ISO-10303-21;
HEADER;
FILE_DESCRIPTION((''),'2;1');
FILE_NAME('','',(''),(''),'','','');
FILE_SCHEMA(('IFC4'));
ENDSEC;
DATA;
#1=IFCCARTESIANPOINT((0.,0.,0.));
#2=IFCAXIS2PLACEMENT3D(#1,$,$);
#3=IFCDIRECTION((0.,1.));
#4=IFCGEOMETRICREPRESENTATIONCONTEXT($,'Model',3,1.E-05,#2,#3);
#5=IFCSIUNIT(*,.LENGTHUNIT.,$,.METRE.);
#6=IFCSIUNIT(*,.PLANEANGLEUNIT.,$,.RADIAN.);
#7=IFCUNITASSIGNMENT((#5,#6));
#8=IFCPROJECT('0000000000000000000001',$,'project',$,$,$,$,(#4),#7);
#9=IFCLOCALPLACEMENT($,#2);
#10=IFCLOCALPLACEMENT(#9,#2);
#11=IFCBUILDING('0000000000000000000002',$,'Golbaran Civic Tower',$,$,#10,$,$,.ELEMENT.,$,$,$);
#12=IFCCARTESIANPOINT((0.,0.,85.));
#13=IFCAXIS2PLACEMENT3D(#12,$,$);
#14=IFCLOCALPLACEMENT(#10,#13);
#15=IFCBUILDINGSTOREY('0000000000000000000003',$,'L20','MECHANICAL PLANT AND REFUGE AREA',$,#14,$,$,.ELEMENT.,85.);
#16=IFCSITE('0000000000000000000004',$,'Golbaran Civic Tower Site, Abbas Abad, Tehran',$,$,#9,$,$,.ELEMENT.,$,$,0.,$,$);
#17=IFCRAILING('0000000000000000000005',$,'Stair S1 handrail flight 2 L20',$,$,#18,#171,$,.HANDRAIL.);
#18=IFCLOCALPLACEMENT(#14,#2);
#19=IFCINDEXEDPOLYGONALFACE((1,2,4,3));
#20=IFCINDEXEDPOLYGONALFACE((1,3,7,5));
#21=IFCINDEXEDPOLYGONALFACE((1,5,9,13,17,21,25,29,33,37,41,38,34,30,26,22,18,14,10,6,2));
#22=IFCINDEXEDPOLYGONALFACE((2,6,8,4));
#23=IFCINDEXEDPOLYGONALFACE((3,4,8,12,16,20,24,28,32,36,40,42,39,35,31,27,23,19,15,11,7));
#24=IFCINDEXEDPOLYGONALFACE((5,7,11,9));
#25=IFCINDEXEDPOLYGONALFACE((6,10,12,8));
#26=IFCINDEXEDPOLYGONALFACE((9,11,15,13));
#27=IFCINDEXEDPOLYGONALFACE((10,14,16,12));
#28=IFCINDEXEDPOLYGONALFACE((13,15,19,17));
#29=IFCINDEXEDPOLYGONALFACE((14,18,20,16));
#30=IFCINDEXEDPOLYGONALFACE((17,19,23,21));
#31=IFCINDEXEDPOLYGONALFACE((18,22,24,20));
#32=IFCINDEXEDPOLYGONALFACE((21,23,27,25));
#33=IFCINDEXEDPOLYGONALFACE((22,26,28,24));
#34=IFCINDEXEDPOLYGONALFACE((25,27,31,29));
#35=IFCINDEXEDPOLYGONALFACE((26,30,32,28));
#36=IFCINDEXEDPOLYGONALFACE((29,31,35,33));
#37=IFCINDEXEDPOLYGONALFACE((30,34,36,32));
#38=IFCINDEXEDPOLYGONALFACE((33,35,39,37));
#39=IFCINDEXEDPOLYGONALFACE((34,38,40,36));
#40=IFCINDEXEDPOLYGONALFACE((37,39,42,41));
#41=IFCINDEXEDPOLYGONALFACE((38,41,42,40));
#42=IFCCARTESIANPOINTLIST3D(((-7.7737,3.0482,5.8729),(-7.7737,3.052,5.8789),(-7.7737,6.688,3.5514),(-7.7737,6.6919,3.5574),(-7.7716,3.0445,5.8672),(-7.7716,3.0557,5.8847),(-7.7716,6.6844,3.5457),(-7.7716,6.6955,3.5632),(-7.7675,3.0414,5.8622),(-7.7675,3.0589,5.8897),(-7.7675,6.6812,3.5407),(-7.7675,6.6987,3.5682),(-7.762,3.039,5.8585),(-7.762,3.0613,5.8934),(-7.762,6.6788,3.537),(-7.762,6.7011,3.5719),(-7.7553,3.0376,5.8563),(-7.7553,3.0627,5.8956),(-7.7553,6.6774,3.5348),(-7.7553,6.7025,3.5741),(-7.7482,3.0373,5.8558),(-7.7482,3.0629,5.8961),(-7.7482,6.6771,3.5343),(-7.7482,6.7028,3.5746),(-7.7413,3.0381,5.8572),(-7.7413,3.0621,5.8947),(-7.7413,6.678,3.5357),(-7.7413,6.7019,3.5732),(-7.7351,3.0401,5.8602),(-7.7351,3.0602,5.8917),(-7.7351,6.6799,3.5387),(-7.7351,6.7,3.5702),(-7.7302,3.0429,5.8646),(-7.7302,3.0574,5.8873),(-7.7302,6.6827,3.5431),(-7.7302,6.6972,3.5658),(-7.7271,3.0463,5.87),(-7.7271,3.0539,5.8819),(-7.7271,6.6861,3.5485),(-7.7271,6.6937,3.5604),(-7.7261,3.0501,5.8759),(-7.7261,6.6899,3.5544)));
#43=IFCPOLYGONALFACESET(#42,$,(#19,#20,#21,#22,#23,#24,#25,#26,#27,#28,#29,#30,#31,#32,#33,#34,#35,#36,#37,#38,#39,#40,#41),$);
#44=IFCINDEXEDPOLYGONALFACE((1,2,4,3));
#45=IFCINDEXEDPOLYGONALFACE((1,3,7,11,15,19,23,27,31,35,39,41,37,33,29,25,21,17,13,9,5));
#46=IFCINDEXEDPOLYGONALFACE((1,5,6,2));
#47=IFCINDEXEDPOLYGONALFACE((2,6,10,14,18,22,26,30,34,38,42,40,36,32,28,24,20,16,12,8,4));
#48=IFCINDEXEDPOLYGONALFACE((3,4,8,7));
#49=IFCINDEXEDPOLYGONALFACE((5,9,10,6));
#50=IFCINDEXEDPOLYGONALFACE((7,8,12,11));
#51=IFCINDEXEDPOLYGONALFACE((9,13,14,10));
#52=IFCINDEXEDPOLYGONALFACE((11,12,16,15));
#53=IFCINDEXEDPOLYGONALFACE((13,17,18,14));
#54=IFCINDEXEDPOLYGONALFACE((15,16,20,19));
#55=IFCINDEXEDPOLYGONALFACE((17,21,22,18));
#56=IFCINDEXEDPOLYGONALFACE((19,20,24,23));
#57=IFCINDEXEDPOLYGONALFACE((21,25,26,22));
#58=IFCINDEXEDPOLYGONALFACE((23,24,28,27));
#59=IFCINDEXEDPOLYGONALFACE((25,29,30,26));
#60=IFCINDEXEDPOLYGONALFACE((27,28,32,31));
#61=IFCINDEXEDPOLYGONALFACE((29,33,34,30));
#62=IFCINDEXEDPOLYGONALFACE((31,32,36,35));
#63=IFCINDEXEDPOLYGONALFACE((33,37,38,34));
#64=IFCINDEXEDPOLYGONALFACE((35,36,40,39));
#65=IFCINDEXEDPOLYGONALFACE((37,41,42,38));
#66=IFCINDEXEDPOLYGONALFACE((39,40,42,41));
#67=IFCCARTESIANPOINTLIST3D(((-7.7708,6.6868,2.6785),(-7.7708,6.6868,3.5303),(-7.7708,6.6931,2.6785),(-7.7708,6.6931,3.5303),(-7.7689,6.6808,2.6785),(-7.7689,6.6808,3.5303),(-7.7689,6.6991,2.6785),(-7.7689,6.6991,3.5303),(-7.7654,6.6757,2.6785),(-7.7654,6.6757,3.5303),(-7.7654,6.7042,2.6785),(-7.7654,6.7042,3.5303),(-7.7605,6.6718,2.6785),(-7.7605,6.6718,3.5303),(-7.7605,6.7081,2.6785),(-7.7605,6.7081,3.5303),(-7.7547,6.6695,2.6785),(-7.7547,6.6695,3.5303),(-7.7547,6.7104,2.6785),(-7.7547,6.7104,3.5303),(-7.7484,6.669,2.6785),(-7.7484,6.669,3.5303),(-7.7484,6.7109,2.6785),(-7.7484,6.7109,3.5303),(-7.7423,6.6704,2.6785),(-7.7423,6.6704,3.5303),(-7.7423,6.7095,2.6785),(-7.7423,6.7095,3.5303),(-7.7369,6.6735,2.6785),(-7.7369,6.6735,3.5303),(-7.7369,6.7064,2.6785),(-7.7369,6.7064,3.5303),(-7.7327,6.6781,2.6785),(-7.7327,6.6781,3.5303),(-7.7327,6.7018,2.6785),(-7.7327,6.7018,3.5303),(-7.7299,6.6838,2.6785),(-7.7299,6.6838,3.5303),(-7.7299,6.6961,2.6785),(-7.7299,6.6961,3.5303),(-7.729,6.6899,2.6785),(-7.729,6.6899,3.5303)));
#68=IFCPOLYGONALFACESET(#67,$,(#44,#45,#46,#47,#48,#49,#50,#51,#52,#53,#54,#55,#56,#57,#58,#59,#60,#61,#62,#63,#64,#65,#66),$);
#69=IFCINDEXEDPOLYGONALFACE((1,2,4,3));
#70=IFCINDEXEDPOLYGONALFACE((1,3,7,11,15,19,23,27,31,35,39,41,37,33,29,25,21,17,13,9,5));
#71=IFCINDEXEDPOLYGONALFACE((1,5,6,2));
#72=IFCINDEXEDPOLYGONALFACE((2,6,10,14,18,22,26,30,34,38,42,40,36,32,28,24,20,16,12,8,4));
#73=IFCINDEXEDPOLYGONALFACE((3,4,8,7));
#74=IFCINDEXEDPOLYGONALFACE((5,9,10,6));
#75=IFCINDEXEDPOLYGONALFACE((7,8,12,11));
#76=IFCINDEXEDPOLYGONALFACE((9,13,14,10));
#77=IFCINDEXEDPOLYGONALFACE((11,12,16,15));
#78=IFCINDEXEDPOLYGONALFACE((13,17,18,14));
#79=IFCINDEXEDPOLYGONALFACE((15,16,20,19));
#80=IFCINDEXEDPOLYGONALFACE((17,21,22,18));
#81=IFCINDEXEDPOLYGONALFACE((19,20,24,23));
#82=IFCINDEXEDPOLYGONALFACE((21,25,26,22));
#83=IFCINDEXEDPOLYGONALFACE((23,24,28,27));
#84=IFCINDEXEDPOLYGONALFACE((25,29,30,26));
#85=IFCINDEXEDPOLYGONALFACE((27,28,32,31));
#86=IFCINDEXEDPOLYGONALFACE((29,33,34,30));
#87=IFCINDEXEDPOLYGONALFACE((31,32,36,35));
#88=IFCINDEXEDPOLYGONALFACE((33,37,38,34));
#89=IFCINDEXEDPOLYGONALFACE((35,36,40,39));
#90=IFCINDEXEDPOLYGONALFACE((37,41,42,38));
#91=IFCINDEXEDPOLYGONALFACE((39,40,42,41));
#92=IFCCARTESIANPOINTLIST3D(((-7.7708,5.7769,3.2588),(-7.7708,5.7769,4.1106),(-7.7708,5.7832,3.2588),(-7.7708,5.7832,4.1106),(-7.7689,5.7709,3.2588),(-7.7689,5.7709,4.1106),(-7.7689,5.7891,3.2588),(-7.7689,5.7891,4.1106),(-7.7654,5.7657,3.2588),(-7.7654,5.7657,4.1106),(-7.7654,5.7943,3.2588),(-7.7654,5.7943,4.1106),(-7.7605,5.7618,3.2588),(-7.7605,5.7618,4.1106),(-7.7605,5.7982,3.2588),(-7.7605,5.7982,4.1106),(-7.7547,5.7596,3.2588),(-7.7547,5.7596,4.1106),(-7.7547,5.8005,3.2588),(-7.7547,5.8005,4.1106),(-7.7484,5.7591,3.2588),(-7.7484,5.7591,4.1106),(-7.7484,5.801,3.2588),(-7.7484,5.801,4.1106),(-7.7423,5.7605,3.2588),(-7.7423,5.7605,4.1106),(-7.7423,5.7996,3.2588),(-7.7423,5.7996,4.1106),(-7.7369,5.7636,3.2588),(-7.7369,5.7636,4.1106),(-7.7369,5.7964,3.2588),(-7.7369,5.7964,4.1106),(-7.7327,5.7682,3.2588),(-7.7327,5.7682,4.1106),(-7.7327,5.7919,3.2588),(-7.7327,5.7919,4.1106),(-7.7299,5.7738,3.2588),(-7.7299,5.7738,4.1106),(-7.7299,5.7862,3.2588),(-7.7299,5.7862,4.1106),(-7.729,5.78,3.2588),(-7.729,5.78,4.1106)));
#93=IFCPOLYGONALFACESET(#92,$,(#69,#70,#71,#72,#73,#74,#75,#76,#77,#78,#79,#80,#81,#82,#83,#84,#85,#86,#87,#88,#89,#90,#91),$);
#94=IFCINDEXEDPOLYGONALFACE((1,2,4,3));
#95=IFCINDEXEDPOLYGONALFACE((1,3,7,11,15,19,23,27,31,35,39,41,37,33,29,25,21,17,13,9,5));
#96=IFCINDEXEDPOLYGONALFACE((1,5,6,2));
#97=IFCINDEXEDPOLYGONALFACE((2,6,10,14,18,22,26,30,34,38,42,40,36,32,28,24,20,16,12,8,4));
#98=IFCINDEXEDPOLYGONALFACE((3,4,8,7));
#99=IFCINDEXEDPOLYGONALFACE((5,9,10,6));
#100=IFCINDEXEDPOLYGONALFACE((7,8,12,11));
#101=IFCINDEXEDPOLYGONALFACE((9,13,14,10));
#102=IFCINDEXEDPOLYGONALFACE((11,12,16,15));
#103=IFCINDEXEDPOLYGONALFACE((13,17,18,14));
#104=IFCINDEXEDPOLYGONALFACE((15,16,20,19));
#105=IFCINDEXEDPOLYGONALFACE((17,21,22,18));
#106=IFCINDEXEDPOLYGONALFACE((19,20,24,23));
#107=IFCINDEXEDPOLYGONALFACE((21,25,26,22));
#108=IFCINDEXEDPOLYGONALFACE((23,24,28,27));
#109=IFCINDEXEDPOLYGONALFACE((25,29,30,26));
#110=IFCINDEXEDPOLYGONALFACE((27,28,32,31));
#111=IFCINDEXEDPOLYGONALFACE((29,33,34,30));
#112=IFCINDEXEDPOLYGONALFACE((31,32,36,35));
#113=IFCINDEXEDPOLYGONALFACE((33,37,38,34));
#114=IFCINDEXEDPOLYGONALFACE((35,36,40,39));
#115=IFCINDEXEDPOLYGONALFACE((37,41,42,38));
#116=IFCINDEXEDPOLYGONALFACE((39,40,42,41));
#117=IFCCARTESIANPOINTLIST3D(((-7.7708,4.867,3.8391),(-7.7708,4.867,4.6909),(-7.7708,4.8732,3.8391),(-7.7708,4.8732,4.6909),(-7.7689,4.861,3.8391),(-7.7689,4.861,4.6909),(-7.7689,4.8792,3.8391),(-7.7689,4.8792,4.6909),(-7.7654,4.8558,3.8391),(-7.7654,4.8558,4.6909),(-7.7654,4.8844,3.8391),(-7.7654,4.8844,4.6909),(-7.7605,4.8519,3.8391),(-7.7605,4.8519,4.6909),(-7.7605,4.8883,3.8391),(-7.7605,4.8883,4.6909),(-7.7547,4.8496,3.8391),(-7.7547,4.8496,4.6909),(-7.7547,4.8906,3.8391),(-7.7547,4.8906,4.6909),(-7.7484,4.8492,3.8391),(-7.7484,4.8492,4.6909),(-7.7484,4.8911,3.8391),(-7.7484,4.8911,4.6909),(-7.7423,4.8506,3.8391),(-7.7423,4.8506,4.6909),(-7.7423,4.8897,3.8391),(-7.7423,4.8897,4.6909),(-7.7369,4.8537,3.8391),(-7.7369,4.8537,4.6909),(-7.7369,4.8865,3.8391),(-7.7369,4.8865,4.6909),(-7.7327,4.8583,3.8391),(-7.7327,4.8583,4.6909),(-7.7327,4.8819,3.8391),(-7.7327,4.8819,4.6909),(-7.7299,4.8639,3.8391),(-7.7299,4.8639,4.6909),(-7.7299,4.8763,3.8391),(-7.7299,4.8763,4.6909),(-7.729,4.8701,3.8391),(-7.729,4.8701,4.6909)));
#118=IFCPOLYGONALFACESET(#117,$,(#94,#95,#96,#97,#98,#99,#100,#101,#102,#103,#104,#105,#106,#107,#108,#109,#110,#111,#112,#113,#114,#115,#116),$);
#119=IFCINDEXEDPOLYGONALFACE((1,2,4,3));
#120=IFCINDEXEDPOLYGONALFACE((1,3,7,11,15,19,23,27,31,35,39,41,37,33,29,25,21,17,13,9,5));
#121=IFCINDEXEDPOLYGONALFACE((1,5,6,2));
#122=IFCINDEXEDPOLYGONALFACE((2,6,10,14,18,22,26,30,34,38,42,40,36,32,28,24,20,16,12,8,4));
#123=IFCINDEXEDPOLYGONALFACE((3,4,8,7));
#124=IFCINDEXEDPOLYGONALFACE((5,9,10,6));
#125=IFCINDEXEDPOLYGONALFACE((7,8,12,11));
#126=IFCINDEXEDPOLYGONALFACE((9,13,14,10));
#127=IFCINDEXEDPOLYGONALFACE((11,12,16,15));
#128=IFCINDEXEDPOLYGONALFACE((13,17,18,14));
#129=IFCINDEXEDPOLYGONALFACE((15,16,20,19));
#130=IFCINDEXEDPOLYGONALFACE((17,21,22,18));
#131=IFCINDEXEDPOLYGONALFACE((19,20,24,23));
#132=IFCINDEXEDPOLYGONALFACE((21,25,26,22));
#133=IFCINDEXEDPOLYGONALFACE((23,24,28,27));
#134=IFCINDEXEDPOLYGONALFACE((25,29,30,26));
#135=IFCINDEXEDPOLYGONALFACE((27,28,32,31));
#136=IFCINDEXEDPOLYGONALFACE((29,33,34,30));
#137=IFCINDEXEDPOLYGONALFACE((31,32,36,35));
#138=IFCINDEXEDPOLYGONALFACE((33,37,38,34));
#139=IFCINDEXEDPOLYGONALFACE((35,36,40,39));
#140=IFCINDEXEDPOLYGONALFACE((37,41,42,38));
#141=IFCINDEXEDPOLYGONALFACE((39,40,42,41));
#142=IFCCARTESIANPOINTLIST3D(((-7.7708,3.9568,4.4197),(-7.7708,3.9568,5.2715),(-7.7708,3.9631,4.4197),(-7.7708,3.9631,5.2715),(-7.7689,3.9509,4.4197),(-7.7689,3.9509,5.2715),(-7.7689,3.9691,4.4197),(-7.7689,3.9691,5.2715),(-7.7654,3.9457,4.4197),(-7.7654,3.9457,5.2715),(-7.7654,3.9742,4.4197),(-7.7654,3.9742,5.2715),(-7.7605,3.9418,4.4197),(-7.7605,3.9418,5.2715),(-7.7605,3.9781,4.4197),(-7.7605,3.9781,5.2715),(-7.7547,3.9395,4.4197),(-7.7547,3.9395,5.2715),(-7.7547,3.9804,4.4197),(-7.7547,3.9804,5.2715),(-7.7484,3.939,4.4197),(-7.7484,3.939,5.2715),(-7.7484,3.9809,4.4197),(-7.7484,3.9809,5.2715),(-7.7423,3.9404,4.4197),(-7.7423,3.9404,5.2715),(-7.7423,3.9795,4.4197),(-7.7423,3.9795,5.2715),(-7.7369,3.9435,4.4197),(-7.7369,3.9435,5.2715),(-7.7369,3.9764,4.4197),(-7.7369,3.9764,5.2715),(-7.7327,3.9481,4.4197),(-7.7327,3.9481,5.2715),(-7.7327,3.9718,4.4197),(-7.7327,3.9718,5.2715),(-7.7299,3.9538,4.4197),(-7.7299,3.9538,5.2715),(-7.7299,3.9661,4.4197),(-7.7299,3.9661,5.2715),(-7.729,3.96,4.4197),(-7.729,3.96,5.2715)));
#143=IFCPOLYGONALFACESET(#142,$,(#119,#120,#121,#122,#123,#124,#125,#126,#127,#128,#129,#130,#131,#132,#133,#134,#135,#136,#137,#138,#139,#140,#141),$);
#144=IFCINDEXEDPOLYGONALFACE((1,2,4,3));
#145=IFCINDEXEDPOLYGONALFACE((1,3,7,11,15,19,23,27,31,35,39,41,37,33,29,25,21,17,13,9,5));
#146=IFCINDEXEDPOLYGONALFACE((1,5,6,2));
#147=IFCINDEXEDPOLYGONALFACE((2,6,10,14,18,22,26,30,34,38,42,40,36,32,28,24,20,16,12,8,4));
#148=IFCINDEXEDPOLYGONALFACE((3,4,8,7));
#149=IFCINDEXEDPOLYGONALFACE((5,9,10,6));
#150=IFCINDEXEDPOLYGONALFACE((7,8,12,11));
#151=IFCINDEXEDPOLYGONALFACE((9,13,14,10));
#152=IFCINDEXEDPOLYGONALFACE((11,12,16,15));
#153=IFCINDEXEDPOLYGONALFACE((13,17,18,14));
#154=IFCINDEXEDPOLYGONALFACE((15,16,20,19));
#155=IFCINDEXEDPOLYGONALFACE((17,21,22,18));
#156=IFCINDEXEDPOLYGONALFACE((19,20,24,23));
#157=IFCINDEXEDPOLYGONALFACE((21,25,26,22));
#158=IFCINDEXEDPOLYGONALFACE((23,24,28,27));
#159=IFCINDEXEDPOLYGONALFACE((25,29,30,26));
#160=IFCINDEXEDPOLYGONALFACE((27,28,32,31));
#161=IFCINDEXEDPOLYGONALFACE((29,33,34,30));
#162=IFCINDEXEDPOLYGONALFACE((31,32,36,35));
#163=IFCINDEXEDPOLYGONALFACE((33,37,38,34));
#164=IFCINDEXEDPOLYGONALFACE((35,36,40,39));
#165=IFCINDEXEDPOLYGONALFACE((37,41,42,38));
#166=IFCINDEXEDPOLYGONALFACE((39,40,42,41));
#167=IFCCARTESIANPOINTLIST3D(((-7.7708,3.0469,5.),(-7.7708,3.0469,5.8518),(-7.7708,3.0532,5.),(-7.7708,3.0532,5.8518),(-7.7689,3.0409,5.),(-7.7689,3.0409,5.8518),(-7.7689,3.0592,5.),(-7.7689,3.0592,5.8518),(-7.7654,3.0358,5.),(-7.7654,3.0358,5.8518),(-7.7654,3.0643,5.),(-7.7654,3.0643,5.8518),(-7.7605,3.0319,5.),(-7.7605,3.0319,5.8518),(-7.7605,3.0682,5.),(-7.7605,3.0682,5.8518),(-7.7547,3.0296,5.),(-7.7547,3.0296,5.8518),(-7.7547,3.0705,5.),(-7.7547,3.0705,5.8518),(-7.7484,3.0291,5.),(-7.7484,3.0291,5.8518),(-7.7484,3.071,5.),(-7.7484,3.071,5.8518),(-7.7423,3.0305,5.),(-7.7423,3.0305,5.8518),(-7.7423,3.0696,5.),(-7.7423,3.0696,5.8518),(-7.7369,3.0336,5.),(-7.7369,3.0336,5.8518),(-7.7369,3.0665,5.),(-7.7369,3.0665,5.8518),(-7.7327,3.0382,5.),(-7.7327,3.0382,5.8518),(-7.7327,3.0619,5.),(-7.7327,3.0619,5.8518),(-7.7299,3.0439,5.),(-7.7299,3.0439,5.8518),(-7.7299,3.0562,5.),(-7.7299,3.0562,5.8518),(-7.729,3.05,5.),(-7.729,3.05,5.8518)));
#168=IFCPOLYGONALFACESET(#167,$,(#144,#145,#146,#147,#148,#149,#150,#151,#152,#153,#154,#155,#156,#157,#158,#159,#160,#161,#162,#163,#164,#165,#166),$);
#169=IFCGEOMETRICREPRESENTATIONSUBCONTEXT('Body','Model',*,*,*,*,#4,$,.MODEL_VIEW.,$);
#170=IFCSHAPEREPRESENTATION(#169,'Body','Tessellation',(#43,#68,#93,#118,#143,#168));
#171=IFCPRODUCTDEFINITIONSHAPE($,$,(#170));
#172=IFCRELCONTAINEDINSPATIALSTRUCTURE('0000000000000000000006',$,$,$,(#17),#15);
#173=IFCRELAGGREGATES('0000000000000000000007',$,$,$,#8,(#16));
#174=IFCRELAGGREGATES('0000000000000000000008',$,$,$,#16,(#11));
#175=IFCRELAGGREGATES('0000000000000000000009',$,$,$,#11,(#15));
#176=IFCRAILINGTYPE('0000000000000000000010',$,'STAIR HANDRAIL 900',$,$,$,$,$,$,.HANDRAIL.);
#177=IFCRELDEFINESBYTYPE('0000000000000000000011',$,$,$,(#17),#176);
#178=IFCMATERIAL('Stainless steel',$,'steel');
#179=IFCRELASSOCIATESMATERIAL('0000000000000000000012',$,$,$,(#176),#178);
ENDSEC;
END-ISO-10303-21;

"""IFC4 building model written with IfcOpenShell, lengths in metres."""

from ifc_helpers import new_model, si_unit, direction, frame, origin, origin_2d, place, context, subcontext, project, spatial, circle, extrude, material, type_object, element, save


model = new_model("IFC4")

# Units and contexts
model_context = context("Model", 3, precision=1e-05, world=origin(), true_north=direction((0.0, 1.0)))
body_context = subcontext(model_context, "Body", "Model", "MODEL_VIEW")
ifc_project = project(units=[si_unit("LENGTHUNIT", "METRE"), si_unit("PLANEANGLEUNIT", "RADIAN")], contexts=[model_context])

# Site, building, storey
site_placement = place(None, origin())
site = spatial("IfcSite", under=ifc_project, at=site_placement, Name="Golbaran Civic Tower Site, Abbas Abad, Tehran", CompositionType="ELEMENT", RefElevation=0.0)
building_placement = place(site_placement, origin())
building = spatial("IfcBuilding", under=site, at=building_placement, Name="Golbaran Civic Tower", CompositionType="ELEMENT")
storey_placement = place(building_placement, frame((0.0, 0.0, 85.0)))
storey = spatial("IfcBuildingStorey", under=building, at=storey_placement, Name="L20", Description="MECHANICAL PLANT AND REFUGE AREA", CompositionType="ELEMENT", Elevation=85.0)

# Railing
ifc_material_1 = material(Name="Stainless steel", Category="steel")
railing_type = type_object("IfcRailingType", Name="STAIR HANDRAIL 900", PredefinedType="HANDRAIL", material=ifc_material_1)
railing_1_placement = place(storey_placement, frame((-7.75, 6.6899, 2.6785)))
element("IfcRailing", 1, at=railing_1_placement, inside=storey, type_object=railing_type, Name="Stair S1 handrail flight 2 L20", PredefinedType="HANDRAIL", context=body_context, shape_type="SweptSolid", body=[
    extrude(circle(Radius=0.0239, at=origin_2d()), frame((0.0, 0.0, 0.876), z_axis=(0.0, -0.843112, 0.537739), x_axis=(1.0, 0.0, 0.0)), (0.0, 0.0, 1.0), 4.3171),
    extrude(circle(Radius=0.021, at=origin_2d()), origin(), (0.0, 0.0, 1.0), 0.8518),
    extrude(circle(Radius=0.021, at=origin_2d()), frame((0.0, -0.9099, 0.5803)), (0.0, 0.0, 1.0), 0.8518),
    extrude(circle(Radius=0.021, at=origin_2d()), frame((0.0, -1.8198, 1.1606)), (0.0, 0.0, 1.0), 0.8518),
    extrude(circle(Radius=0.021, at=origin_2d()), frame((0.0, -2.73, 1.7412)), (0.0, 0.0, 1.0), 0.8518),
    extrude(circle(Radius=0.021, at=origin_2d()), frame((0.0, -3.6399, 2.3215)), (0.0, 0.0, 1.0), 0.8518),
])

save(model, "model.ifc")
